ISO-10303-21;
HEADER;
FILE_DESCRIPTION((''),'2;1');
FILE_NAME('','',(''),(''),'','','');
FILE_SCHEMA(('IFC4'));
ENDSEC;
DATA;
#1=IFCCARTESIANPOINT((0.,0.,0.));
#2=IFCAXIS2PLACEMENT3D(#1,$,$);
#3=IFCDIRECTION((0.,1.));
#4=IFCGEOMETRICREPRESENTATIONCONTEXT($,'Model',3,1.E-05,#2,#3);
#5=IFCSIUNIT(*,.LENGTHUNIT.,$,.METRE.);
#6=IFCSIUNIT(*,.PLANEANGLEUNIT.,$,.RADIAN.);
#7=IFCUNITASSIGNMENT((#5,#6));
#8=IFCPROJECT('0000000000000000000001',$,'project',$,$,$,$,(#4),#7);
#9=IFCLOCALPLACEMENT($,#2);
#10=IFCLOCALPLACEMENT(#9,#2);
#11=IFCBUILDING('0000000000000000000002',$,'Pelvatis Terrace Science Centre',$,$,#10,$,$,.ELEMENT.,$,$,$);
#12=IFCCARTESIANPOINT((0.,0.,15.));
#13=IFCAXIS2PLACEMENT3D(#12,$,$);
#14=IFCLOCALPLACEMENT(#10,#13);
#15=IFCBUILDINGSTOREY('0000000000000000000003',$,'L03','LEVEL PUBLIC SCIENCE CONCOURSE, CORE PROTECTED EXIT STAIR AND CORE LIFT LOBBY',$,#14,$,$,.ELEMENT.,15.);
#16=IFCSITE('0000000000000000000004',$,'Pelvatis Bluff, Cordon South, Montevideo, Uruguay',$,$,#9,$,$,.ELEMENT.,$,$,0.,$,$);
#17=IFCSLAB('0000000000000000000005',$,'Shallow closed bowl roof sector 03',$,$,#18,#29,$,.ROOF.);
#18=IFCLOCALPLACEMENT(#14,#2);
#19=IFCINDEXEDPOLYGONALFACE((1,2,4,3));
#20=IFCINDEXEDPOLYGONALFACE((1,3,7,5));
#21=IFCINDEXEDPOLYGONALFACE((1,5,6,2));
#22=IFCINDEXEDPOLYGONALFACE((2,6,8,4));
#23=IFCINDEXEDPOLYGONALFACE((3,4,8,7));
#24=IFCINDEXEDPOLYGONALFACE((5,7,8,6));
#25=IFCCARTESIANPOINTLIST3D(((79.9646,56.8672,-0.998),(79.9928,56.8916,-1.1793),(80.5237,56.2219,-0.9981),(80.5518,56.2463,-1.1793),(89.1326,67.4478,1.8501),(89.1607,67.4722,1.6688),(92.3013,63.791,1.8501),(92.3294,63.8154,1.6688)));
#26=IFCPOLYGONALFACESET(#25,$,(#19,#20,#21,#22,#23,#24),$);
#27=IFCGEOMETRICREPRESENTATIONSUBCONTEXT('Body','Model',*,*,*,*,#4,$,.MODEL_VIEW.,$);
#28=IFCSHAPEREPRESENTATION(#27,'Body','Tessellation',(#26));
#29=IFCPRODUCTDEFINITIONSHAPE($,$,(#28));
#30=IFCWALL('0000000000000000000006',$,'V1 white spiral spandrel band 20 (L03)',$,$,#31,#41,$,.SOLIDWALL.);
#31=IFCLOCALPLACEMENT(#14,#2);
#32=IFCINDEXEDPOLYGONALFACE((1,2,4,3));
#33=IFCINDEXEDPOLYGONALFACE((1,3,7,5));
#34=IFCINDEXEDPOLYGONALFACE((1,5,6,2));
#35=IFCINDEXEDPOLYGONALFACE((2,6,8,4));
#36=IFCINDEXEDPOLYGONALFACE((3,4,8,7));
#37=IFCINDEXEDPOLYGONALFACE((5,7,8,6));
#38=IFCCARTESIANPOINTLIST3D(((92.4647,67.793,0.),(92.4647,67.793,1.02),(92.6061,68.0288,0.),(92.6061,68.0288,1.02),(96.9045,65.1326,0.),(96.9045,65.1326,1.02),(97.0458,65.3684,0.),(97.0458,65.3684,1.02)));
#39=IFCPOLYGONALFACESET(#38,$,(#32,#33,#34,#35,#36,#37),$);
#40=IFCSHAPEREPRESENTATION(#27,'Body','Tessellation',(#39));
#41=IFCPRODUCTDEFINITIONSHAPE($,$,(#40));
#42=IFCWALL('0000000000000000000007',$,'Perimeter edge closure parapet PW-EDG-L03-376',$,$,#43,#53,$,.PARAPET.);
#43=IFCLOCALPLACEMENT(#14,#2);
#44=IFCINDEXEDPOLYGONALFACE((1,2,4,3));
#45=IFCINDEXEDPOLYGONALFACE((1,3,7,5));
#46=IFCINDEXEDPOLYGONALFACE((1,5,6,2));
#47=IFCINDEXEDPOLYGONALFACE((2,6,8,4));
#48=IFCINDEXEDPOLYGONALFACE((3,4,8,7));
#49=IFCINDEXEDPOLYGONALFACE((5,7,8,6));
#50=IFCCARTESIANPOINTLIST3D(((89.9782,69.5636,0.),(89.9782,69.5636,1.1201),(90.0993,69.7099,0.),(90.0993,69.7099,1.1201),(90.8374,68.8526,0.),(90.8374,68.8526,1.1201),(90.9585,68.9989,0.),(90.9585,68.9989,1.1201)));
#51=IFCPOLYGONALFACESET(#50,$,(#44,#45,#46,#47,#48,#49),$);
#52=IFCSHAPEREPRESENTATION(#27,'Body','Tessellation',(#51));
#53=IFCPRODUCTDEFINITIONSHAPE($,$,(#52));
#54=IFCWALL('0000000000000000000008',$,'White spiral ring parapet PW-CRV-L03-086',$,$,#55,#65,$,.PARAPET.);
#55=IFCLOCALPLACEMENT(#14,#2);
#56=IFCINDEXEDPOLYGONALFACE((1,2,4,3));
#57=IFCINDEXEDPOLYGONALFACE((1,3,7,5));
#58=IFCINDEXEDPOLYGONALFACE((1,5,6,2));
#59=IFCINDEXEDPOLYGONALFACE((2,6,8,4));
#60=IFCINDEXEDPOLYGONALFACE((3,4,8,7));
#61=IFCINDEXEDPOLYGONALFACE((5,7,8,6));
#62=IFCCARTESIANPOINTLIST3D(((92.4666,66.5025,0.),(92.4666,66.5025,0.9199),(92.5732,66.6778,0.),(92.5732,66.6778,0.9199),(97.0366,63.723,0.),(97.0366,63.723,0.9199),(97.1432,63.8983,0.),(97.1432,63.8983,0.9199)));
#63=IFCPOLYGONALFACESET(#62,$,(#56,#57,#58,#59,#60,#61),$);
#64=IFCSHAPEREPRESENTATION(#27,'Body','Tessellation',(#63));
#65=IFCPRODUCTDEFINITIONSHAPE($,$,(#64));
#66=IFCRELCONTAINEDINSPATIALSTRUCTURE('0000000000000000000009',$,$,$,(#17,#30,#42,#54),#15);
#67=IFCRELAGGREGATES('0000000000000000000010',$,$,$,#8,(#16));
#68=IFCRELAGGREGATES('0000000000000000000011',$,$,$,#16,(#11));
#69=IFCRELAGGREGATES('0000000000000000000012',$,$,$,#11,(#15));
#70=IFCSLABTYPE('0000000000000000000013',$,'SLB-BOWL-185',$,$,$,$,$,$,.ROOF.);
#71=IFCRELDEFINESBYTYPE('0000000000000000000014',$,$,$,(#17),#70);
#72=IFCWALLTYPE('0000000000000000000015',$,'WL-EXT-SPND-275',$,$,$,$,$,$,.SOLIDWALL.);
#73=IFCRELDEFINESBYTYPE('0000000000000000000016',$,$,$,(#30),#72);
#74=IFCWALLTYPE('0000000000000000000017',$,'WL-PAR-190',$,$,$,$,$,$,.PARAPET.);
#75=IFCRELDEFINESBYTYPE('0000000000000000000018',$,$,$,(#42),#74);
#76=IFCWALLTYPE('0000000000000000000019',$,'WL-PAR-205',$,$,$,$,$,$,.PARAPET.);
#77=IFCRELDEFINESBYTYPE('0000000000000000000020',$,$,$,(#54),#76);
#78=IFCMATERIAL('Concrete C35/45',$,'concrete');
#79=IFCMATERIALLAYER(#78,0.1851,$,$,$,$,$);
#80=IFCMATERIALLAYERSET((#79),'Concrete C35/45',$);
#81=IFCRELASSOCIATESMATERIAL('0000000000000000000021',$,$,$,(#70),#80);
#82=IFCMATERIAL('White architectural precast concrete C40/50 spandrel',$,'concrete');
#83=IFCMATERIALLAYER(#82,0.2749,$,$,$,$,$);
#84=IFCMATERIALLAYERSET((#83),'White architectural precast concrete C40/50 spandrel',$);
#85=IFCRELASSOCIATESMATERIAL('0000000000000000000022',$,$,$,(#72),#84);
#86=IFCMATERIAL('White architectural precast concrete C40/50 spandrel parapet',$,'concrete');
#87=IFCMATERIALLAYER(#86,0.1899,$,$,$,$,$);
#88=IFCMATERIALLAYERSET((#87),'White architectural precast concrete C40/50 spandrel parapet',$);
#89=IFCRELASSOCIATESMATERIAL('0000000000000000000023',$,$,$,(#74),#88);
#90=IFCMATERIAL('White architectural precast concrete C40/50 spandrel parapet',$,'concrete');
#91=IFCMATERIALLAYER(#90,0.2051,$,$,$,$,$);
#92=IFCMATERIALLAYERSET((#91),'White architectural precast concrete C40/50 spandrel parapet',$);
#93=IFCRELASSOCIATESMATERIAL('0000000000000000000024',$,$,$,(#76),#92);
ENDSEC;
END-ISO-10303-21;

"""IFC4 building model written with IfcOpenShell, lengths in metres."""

from ifc_helpers import new_model, si_unit, direction, frame, frame_2d, origin, place, context, subcontext, project, spatial, polyline, rectangle, outline, extrude, material, layer, layer_set, type_object, element, save


model = new_model("IFC4")

# Units and contexts
model_context = context("Model", 3, precision=1e-05, world=origin(), true_north=direction((0.0, 1.0)))
body_context = subcontext(model_context, "Body", "Model", "MODEL_VIEW")
ifc_project = project(units=[si_unit("LENGTHUNIT", "METRE"), si_unit("PLANEANGLEUNIT", "RADIAN")], contexts=[model_context])

# Site, building, storey
site_placement = place(None, origin())
site = spatial("IfcSite", under=ifc_project, at=site_placement, Name="Pelvatis Bluff, Cordon South, Montevideo, Uruguay", CompositionType="ELEMENT", RefElevation=0.0)
building_placement = place(site_placement, origin())
building = spatial("IfcBuilding", under=site, at=building_placement, Name="Pelvatis Terrace Science Centre", CompositionType="ELEMENT")
storey_placement = place(building_placement, frame((0.0, 0.0, 15.0)))
storey = spatial("IfcBuildingStorey", under=building, at=storey_placement, Name="L03", Description="LEVEL PUBLIC SCIENCE CONCOURSE, CORE PROTECTED EXIT STAIR AND CORE LIFT LOBBY", CompositionType="ELEMENT", Elevation=15.0)

# Slab
ifc_material_1 = material(Name="Concrete C35/45", Category="concrete")
ifc_layer_1 = layer(ifc_material_1, 0.1851)
ifc_layer_set_1 = layer_set([ifc_layer_1], Name="Concrete C35/45")
slab_type = type_object("IfcSlabType", Name="SLB-BOWL-185", PredefinedType="ROOF", material=ifc_layer_set_1)
slab_placement = place(storey_placement, frame((92.3013, 63.791, 1.8501), z_axis=(-0.152148, -0.131839, 0.979525), x_axis=(-0.654875, 0.755738, -0.000002)))
element("IfcSlab", 1, at=slab_placement, inside=storey, type_object=slab_type, Name="Shallow closed bowl roof sector 03", PredefinedType="ROOF", context=body_context, shape_type="SweptSolid", body=[
    extrude(outline(polyline([(0.0, 0.0), (4.8386, 0.0), (2.8464, 14.1472), (1.9926, 14.1472), (0.0, 0.0)])), origin(), (0.0, 0.0, -1.0), 0.1851),
])

# Walls
ifc_material_2 = material(Name="White architectural precast concrete C40/50 spandrel", Category="concrete")
ifc_layer_2 = layer(ifc_material_2, 0.2749)
ifc_layer_set_2 = layer_set([ifc_layer_2], Name="White architectural precast concrete C40/50 spandrel")
wall_type_1 = type_object("IfcWallType", Name="WL-EXT-SPND-275", PredefinedType="SOLIDWALL", material=ifc_layer_set_2)
wall_1_placement = place(storey_placement, frame((92.5354, 67.9109, 0.0), z_axis=(0.0, 0.0, 1.0), x_axis=(0.857784, -0.51401, 0.0)))
element("IfcWall", 2, at=wall_1_placement, inside=storey, type_object=wall_type_1, Name="V1 white spiral spandrel band 20 (L03)", PredefinedType="SOLIDWALL", context=body_context, shape_type="SweptSolid", body=[
    extrude(rectangle(XDim=5.1758, YDim=0.2749, at=frame_2d((2.5879, 0.0))), origin(), (0.0, 0.0, 1.0), 1.02),
])
ifc_material_3 = material(Name="White architectural precast concrete C40/50 spandrel parapet", Category="concrete")
ifc_layer_3 = layer(ifc_material_3, 0.1899)
ifc_layer_set_3 = layer_set([ifc_layer_3], Name="White architectural precast concrete C40/50 spandrel parapet")
wall_type_2 = type_object("IfcWallType", Name="WL-PAR-190", PredefinedType="PARAPET", material=ifc_layer_set_3)
wall_2_placement = place(storey_placement, frame((90.8979, 68.9258, 0.0), z_axis=(0.0, 0.0, 1.0), x_axis=(-0.770424, 0.637532, 0.0)))
element("IfcWall", 3, at=wall_2_placement, inside=storey, type_object=wall_type_2, Name="Perimeter edge closure parapet PW-EDG-L03-376", PredefinedType="PARAPET", context=body_context, shape_type="SweptSolid", body=[
    extrude(rectangle(XDim=1.1152, YDim=0.1899, at=frame_2d((0.5576, 0.0))), origin(), (0.0, 0.0, 1.0), 1.1201),
])
ifc_material_4 = material(Name="White architectural precast concrete C40/50 spandrel parapet", Category="concrete")
ifc_layer_4 = layer(ifc_material_4, 0.2051)
ifc_layer_set_4 = layer_set([ifc_layer_4], Name="White architectural precast concrete C40/50 spandrel parapet")
wall_type_3 = type_object("IfcWallType", Name="WL-PAR-205", PredefinedType="PARAPET", material=ifc_layer_set_4)
wall_3_placement = place(storey_placement, frame((92.52, 66.5901, 0.0), z_axis=(0.0, 0.0, 1.0), x_axis=(0.854384, -0.519641, 0.0)))
element("IfcWall", 4, at=wall_3_placement, inside=storey, type_object=wall_type_3, Name="White spiral ring parapet PW-CRV-L03-086", PredefinedType="PARAPET", context=body_context, shape_type="SweptSolid", body=[
    extrude(rectangle(XDim=5.3489, YDim=0.2051, at=frame_2d((2.6743, 0.0))), origin(), (0.0, 0.0, 1.0), 0.9199),
])

save(model, "model.ifc")
